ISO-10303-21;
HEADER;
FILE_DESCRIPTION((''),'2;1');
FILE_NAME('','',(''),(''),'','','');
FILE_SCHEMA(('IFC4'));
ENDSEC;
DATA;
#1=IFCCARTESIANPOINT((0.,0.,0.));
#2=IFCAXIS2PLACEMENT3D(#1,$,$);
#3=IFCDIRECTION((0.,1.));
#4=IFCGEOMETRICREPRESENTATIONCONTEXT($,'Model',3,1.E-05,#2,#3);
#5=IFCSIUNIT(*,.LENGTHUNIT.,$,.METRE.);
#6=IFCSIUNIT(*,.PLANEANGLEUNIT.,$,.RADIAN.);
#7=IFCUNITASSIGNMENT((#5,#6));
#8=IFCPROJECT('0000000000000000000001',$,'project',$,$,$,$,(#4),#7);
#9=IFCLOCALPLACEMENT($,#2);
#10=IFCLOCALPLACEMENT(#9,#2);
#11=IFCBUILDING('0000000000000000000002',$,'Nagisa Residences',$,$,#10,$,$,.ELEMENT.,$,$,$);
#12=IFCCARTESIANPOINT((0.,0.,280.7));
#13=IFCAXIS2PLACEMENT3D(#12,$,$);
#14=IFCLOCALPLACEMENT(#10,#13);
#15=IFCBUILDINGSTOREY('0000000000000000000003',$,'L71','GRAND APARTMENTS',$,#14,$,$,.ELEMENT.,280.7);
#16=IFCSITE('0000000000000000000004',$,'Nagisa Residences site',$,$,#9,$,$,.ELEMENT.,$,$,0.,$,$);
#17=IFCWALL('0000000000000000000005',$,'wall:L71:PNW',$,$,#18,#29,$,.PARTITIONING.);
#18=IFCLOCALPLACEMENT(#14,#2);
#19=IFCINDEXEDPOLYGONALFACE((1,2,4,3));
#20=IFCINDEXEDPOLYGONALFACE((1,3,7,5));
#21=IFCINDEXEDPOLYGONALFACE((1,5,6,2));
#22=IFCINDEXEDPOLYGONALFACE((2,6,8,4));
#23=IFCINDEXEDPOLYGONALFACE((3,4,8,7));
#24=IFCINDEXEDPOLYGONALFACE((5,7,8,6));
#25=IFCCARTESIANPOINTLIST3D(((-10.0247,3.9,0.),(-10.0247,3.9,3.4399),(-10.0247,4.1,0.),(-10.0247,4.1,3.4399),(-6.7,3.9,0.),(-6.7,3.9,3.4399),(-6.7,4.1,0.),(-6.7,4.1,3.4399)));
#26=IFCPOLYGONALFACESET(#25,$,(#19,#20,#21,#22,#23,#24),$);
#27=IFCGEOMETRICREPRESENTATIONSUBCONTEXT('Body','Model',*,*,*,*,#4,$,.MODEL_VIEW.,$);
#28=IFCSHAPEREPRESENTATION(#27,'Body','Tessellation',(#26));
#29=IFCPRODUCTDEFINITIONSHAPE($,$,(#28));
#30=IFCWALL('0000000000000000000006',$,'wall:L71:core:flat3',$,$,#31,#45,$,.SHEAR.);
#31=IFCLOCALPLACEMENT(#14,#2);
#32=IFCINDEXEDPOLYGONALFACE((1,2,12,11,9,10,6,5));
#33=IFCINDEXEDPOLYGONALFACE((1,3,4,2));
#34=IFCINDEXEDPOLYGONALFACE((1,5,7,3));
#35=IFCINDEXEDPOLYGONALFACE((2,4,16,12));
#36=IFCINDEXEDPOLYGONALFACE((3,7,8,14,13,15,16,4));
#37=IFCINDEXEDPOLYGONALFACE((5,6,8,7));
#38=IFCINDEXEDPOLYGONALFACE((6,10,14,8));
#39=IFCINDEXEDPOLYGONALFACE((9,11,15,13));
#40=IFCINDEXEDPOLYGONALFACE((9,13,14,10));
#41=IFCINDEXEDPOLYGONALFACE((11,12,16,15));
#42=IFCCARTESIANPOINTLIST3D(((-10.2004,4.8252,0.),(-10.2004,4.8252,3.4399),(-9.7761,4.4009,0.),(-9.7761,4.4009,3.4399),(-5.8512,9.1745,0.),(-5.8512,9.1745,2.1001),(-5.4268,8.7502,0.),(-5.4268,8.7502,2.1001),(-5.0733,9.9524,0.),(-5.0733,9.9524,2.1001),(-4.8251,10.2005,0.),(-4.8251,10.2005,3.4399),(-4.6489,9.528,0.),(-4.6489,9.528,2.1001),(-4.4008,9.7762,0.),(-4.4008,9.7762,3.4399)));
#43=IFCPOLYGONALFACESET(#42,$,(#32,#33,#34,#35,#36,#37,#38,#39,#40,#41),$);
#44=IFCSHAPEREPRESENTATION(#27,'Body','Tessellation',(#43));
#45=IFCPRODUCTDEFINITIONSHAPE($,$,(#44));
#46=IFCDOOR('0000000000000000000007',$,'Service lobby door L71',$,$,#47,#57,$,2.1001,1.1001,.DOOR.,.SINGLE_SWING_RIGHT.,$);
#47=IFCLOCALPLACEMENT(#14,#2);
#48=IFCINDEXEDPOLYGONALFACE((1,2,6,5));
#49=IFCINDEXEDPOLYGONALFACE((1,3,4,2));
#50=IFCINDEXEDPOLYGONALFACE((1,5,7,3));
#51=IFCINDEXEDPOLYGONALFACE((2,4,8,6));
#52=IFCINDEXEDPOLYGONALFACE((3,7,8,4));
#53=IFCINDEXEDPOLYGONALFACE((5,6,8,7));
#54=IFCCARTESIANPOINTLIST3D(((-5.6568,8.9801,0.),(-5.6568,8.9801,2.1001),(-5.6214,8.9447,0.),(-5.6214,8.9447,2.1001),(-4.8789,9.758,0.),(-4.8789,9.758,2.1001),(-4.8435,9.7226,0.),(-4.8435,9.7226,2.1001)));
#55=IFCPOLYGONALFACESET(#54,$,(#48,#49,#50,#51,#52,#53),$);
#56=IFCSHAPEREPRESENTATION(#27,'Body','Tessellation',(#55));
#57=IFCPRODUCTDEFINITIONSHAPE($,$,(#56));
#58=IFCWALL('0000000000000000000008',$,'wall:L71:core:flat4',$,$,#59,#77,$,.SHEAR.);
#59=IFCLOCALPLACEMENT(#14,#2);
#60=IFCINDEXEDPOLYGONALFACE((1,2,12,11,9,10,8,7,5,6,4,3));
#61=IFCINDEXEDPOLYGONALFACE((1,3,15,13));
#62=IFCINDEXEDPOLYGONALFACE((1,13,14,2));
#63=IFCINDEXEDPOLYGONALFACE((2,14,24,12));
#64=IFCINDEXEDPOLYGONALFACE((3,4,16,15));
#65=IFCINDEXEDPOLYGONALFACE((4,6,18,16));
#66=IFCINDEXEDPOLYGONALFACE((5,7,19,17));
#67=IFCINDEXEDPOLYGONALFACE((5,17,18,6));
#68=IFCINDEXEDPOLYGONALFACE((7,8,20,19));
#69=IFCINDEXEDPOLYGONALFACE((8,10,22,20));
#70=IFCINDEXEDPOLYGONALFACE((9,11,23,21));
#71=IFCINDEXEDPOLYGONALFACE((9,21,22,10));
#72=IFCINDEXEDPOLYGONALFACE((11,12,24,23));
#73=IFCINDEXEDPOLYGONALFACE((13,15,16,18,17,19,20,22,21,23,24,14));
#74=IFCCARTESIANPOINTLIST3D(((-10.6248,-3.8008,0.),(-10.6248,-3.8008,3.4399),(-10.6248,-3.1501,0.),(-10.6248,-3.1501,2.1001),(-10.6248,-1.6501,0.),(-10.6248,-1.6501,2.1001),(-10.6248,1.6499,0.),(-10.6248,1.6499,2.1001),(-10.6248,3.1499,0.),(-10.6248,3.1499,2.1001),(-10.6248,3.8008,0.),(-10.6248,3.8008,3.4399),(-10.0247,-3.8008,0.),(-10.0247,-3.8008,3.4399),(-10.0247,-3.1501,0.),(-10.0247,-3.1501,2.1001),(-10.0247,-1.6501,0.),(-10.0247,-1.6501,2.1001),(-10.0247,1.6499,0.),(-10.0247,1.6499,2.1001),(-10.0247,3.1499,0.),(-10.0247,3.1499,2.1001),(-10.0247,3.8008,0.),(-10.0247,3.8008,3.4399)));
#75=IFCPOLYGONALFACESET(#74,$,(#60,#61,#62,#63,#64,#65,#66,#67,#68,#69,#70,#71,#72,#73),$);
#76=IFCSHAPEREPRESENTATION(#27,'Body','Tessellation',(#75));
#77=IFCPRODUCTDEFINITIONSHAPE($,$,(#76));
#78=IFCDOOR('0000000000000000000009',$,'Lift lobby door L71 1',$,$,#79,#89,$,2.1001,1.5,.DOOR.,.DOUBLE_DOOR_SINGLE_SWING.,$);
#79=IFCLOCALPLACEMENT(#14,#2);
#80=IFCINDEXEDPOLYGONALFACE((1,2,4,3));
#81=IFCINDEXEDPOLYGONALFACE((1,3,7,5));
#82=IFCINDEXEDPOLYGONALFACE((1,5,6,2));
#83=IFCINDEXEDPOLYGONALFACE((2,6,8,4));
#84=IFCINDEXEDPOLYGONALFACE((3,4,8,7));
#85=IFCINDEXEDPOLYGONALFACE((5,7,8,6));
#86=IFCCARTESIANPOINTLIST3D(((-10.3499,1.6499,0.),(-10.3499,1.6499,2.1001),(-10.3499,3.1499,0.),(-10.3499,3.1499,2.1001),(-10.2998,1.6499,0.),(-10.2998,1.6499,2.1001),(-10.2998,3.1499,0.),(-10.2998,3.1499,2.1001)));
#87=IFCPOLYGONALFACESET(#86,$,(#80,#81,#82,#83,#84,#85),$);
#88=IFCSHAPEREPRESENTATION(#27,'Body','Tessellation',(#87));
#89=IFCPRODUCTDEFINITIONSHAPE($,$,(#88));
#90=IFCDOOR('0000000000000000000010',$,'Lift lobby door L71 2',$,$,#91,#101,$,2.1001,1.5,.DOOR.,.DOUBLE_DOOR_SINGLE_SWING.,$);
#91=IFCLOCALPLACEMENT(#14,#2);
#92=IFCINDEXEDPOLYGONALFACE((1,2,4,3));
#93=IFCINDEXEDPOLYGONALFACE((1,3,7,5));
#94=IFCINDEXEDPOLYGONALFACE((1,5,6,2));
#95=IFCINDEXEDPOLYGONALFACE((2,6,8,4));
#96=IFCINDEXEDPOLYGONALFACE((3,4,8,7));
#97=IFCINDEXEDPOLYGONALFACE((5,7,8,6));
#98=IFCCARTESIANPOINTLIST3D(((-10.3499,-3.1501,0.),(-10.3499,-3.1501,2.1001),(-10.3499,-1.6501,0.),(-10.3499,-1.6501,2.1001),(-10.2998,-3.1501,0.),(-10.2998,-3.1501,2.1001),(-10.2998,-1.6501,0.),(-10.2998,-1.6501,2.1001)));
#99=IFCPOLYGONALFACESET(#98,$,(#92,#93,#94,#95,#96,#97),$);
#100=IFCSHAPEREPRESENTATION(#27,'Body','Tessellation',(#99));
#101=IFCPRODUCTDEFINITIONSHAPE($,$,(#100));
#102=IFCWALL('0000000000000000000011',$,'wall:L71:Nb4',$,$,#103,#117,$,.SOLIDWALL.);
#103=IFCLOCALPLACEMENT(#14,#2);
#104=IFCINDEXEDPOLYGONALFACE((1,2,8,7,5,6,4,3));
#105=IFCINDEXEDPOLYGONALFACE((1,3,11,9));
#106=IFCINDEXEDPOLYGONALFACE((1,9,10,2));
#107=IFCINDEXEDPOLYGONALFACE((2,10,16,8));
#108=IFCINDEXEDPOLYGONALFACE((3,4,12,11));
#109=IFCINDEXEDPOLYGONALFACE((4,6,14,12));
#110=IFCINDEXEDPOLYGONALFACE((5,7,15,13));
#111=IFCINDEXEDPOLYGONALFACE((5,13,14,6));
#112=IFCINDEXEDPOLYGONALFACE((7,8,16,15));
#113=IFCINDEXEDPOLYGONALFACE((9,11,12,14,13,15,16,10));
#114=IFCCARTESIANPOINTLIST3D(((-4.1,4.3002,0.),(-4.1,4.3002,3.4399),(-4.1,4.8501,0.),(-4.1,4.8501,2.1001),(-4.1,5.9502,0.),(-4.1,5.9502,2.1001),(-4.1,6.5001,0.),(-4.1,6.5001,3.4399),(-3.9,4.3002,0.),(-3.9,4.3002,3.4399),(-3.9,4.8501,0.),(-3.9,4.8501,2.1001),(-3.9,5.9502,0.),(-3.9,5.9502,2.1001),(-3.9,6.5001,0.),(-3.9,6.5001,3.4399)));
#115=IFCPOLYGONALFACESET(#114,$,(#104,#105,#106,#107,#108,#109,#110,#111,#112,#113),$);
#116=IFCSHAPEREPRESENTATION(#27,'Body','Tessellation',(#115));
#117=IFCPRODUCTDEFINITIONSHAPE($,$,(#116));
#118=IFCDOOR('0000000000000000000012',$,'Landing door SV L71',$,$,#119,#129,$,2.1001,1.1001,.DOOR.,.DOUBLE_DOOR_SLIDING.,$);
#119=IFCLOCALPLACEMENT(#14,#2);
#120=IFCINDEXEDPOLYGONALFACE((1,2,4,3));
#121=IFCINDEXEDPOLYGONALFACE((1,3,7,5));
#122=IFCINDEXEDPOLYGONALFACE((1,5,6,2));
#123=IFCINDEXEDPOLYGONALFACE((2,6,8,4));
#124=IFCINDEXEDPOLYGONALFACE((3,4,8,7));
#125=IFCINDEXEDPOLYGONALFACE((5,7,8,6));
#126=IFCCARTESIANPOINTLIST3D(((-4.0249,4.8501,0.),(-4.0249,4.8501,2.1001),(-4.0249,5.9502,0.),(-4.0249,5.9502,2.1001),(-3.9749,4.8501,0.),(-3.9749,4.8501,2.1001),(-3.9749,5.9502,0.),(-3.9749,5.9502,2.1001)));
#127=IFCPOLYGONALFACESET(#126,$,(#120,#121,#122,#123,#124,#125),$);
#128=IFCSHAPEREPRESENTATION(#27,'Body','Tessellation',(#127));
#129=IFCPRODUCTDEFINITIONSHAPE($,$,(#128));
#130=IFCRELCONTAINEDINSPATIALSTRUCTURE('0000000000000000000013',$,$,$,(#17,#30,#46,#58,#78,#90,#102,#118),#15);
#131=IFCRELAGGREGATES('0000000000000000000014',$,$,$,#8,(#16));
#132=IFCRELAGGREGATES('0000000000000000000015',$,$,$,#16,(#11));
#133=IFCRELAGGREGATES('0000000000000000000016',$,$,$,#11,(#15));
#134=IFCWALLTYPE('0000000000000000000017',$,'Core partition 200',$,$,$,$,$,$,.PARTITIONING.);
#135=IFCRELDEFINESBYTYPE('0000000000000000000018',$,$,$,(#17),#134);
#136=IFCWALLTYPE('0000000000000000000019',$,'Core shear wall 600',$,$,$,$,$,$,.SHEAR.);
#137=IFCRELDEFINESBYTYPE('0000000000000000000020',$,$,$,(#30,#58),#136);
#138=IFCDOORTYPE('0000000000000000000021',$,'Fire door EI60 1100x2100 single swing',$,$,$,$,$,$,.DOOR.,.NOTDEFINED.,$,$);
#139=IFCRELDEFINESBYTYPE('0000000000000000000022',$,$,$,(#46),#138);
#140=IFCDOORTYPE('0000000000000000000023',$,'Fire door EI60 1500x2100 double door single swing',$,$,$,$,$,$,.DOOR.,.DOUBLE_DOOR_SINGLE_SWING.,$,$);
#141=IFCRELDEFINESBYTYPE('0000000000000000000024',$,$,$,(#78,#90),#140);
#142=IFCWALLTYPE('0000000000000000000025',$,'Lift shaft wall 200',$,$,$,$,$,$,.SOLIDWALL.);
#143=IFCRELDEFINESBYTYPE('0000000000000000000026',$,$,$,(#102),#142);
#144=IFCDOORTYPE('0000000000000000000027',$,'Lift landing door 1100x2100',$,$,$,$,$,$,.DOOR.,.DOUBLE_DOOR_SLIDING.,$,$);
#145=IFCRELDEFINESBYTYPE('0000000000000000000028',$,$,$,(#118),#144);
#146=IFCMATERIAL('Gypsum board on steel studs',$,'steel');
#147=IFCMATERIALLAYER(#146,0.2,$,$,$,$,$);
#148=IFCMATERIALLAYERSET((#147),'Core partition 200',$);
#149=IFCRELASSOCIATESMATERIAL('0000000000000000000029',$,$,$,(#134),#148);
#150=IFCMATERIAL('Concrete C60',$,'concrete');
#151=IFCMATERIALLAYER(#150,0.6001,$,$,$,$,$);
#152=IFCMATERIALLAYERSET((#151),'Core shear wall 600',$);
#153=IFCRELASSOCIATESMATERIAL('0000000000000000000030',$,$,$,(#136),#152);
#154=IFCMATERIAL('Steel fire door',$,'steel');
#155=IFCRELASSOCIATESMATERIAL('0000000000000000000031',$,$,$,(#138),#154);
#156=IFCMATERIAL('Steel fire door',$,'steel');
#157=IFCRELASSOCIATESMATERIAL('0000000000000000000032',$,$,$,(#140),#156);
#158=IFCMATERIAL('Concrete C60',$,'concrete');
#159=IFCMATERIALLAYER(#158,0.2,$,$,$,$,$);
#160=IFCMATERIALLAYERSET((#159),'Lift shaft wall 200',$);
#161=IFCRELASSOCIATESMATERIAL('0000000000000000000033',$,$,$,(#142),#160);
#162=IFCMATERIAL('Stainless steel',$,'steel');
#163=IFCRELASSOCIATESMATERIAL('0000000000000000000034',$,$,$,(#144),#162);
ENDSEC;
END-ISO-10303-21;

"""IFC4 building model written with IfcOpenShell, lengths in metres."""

from ifc_helpers import new_model, si_unit, direction, frame, frame_2d, origin, place, context, subcontext, project, spatial, rectangle, extrude, material, layer, layer_set, type_object, element, fill, save


model = new_model("IFC4")

# Units and contexts
model_context = context("Model", 3, precision=1e-05, world=origin(), true_north=direction((0.0, 1.0)))
body_context = subcontext(model_context, "Body", "Model", "MODEL_VIEW")
ifc_project = project(units=[si_unit("LENGTHUNIT", "METRE"), si_unit("PLANEANGLEUNIT", "RADIAN")], contexts=[model_context])

# Site, building, storey
site_placement = place(None, origin())
site = spatial("IfcSite", under=ifc_project, at=site_placement, Name="Nagisa Residences site", CompositionType="ELEMENT", RefElevation=0.0)
building_placement = place(site_placement, origin())
building = spatial("IfcBuilding", under=site, at=building_placement, Name="Nagisa Residences", CompositionType="ELEMENT")
storey_placement = place(building_placement, frame((0.0, 0.0, 280.7)))
storey = spatial("IfcBuildingStorey", under=building, at=storey_placement, Name="L71", Description="GRAND APARTMENTS", CompositionType="ELEMENT", Elevation=280.7)

# Wall
ifc_material_1 = material(Name="Gypsum board on steel studs", Category="steel")
ifc_layer_1 = layer(ifc_material_1, 0.2)
ifc_layer_set_1 = layer_set([ifc_layer_1], Name="Core partition 200")
wall_type_1 = type_object("IfcWallType", Name="Core partition 200", PredefinedType="PARTITIONING", material=ifc_layer_set_1)
wall_1_placement = place(storey_placement, frame((-10.0247, 4.0, 0.0), z_axis=(0.0, 0.0, 1.0), x_axis=(1.0, 0.0, 0.0)))
element("IfcWall", 1, at=wall_1_placement, inside=storey, type_object=wall_type_1, Name="wall:L71:PNW", PredefinedType="PARTITIONING", context=body_context, shape_type="SweptSolid", body=[
    extrude(rectangle(XDim=3.3247, YDim=0.2, at=frame_2d((1.6624, 0.0))), origin(), (0.0, 0.0, 1.0), 3.4399),
])

# Wall, opening, door
ifc_material_2 = material(Name="Concrete C60", Category="concrete")
ifc_layer_2 = layer(ifc_material_2, 0.6001)
ifc_layer_set_2 = layer_set([ifc_layer_2], Name="Core shear wall 600")
wall_type_2 = type_object("IfcWallType", Name="Core shear wall 600", PredefinedType="SHEAR", material=ifc_layer_set_2)
wall_2_placement = place(storey_placement, frame((-4.613, 9.9883, 0.0), z_axis=(0.0, 0.0, 1.0), x_axis=(-0.707107, -0.707107, 0.0)))
wall_2 = element("IfcWall", 2, at=wall_2_placement, inside=storey, type_object=wall_type_2, Name="wall:L71:core:flat3", PredefinedType="SHEAR", context=body_context, shape_type="SweptSolid", body=[
    extrude(rectangle(XDim=7.6018, YDim=0.6001, at=frame_2d((3.8008, 0.0))), origin(), (0.0, 0.0, 1.0), 3.4399),
])
opening_1_placement = place(wall_2_placement, frame((0.3508, 0.0, 0.0)))
opening_1 = element("IfcOpeningElement", 3, at=opening_1_placement, cuts=wall_2, PredefinedType="OPENING", context=body_context, shape_type="SweptSolid", body=[
    extrude(rectangle(XDim=1.1001, YDim=2.1001, at=frame_2d((0.55, 1.05))), frame((0.0, 0.3101, 0.0), z_axis=(0.0, -1.0, 0.0), x_axis=(1.0, 0.0, 0.0)), (0.0, 0.0, 1.0), 0.6201),
])
ifc_material_3 = material(Name="Steel fire door", Category="steel")
door_type_1 = type_object("IfcDoorType", Name="Fire door EI60 1100x2100 single swing", OperationType="NOTDEFINED", PredefinedType="DOOR", material=ifc_material_3)
door_1_placement = place(opening_1_placement, origin())
door_1 = element("IfcDoor", 4, at=door_1_placement, inside=storey, type_object=door_type_1, Name="Service lobby door L71", OperationType="SINGLE_SWING_RIGHT", OverallHeight=2.1001, OverallWidth=1.1001, PredefinedType="DOOR", context=body_context, shape_type="SweptSolid", body=[
    extrude(rectangle(XDim=1.1001, YDim=2.1001, at=frame_2d((0.55, 1.05))), frame((0.0, 0.0249, 0.0), z_axis=(0.0, -1.0, 0.0), x_axis=(1.0, 0.0, 0.0)), (0.0, 0.0, 1.0), 0.05),
])
fill(opening_1, door_1)

# Wall, openings, doors
wall_3_placement = place(storey_placement, frame((-10.3247, 3.8008, 0.0), z_axis=(0.0, 0.0, 1.0), x_axis=(0.0, -1.0, 0.0)))
wall_3 = element("IfcWall", 5, at=wall_3_placement, inside=storey, type_object=wall_type_2, Name="wall:L71:core:flat4", PredefinedType="SHEAR", context=body_context, shape_type="SweptSolid", body=[
    extrude(rectangle(XDim=7.6016, YDim=0.6001, at=frame_2d((3.8008, 0.0))), origin(), (0.0, 0.0, 1.0), 3.4399),
])
opening_2_placement = place(wall_3_placement, frame((0.6509, 0.0, 0.0)))
opening_2 = element("IfcOpeningElement", 6, at=opening_2_placement, cuts=wall_3, PredefinedType="OPENING", context=body_context, shape_type="SweptSolid", body=[
    extrude(rectangle(XDim=1.5, YDim=2.1001, at=frame_2d((0.75, 1.05))), frame((0.0, 0.3101, 0.0), z_axis=(0.0, -1.0, 0.0), x_axis=(1.0, 0.0, 0.0)), (0.0, 0.0, 1.0), 0.6201),
])
opening_3_placement = place(wall_3_placement, frame((5.4509, 0.0, 0.0)))
opening_3 = element("IfcOpeningElement", 7, at=opening_3_placement, cuts=wall_3, PredefinedType="OPENING", context=body_context, shape_type="SweptSolid", body=[
    extrude(rectangle(XDim=1.5, YDim=2.1001, at=frame_2d((0.75, 1.05))), frame((0.0, 0.3101, 0.0), z_axis=(0.0, -1.0, 0.0), x_axis=(1.0, 0.0, 0.0)), (0.0, 0.0, 1.0), 0.6201),
])
ifc_material_4 = material(Name="Steel fire door", Category="steel")
door_type_2 = type_object("IfcDoorType", Name="Fire door EI60 1500x2100 double door single swing", OperationType="DOUBLE_DOOR_SINGLE_SWING", PredefinedType="DOOR", material=ifc_material_4)
door_2_placement = place(opening_2_placement, origin())
door_2 = element("IfcDoor", 8, at=door_2_placement, inside=storey, type_object=door_type_2, Name="Lift lobby door L71 1", OperationType="DOUBLE_DOOR_SINGLE_SWING", OverallHeight=2.1001, OverallWidth=1.5, PredefinedType="DOOR", context=body_context, shape_type="SweptSolid", body=[
    extrude(rectangle(XDim=1.5, YDim=2.1001, at=frame_2d((0.75, 1.05))), frame((0.0, 0.0249, 0.0), z_axis=(0.0, -1.0, 0.0), x_axis=(1.0, 0.0, 0.0)), (0.0, 0.0, 1.0), 0.05),
])
fill(opening_2, door_2)
door_3_placement = place(opening_3_placement, origin())
door_3 = element("IfcDoor", 9, at=door_3_placement, inside=storey, type_object=door_type_2, Name="Lift lobby door L71 2", OperationType="DOUBLE_DOOR_SINGLE_SWING", OverallHeight=2.1001, OverallWidth=1.5, PredefinedType="DOOR", context=body_context, shape_type="SweptSolid", body=[
    extrude(rectangle(XDim=1.5, YDim=2.1001, at=frame_2d((0.75, 1.05))), frame((0.0, 0.0249, 0.0), z_axis=(0.0, -1.0, 0.0), x_axis=(1.0, 0.0, 0.0)), (0.0, 0.0, 1.0), 0.05),
])
fill(opening_3, door_3)

# Wall, opening, door
ifc_material_5 = material(Name="Concrete C60", Category="concrete")
ifc_layer_3 = layer(ifc_material_5, 0.2)
ifc_layer_set_3 = layer_set([ifc_layer_3], Name="Lift shaft wall 200")
wall_type_3 = type_object("IfcWallType", Name="Lift shaft wall 200", PredefinedType="SOLIDWALL", material=ifc_layer_set_3)
wall_4_placement = place(storey_placement, frame((-4.0, 4.3, 0.0), z_axis=(0.0, 0.0, 1.0), x_axis=(0.0, 1.0, 0.0)))
wall_4 = element("IfcWall", 10, at=wall_4_placement, inside=storey, type_object=wall_type_3, Name="wall:L71:Nb4", PredefinedType="SOLIDWALL", context=body_context, shape_type="SweptSolid", body=[
    extrude(rectangle(XDim=2.2, YDim=0.2, at=frame_2d((1.1001, 0.0))), origin(), (0.0, 0.0, 1.0), 3.4399),
])
opening_4_placement = place(wall_4_placement, frame((0.55, 0.0, 0.0)))
opening_4 = element("IfcOpeningElement", 11, at=opening_4_placement, cuts=wall_4, PredefinedType="OPENING", context=body_context, shape_type="SweptSolid", body=[
    extrude(rectangle(XDim=1.1001, YDim=2.1001, at=frame_2d((0.55, 1.05))), frame((0.0, 0.1099, 0.0), z_axis=(0.0, -1.0, 0.0), x_axis=(1.0, 0.0, 0.0)), (0.0, 0.0, 1.0), 0.22),
])
ifc_material_6 = material(Name="Stainless steel", Category="steel")
door_type_3 = type_object("IfcDoorType", Name="Lift landing door 1100x2100", OperationType="DOUBLE_DOOR_SLIDING", PredefinedType="DOOR", material=ifc_material_6)
door_4_placement = place(opening_4_placement, origin())
door_4 = element("IfcDoor", 12, at=door_4_placement, inside=storey, type_object=door_type_3, Name="Landing door SV L71", OperationType="DOUBLE_DOOR_SLIDING", OverallHeight=2.1001, OverallWidth=1.1001, PredefinedType="DOOR", context=body_context, shape_type="SweptSolid", body=[
    extrude(rectangle(XDim=1.1001, YDim=2.1001, at=frame_2d((0.55, 1.05))), frame((0.0, 0.0249, 0.0), z_axis=(0.0, -1.0, 0.0), x_axis=(1.0, 0.0, 0.0)), (0.0, 0.0, 1.0), 0.05),
])
fill(opening_4, door_4)

save(model, "model.ifc")
